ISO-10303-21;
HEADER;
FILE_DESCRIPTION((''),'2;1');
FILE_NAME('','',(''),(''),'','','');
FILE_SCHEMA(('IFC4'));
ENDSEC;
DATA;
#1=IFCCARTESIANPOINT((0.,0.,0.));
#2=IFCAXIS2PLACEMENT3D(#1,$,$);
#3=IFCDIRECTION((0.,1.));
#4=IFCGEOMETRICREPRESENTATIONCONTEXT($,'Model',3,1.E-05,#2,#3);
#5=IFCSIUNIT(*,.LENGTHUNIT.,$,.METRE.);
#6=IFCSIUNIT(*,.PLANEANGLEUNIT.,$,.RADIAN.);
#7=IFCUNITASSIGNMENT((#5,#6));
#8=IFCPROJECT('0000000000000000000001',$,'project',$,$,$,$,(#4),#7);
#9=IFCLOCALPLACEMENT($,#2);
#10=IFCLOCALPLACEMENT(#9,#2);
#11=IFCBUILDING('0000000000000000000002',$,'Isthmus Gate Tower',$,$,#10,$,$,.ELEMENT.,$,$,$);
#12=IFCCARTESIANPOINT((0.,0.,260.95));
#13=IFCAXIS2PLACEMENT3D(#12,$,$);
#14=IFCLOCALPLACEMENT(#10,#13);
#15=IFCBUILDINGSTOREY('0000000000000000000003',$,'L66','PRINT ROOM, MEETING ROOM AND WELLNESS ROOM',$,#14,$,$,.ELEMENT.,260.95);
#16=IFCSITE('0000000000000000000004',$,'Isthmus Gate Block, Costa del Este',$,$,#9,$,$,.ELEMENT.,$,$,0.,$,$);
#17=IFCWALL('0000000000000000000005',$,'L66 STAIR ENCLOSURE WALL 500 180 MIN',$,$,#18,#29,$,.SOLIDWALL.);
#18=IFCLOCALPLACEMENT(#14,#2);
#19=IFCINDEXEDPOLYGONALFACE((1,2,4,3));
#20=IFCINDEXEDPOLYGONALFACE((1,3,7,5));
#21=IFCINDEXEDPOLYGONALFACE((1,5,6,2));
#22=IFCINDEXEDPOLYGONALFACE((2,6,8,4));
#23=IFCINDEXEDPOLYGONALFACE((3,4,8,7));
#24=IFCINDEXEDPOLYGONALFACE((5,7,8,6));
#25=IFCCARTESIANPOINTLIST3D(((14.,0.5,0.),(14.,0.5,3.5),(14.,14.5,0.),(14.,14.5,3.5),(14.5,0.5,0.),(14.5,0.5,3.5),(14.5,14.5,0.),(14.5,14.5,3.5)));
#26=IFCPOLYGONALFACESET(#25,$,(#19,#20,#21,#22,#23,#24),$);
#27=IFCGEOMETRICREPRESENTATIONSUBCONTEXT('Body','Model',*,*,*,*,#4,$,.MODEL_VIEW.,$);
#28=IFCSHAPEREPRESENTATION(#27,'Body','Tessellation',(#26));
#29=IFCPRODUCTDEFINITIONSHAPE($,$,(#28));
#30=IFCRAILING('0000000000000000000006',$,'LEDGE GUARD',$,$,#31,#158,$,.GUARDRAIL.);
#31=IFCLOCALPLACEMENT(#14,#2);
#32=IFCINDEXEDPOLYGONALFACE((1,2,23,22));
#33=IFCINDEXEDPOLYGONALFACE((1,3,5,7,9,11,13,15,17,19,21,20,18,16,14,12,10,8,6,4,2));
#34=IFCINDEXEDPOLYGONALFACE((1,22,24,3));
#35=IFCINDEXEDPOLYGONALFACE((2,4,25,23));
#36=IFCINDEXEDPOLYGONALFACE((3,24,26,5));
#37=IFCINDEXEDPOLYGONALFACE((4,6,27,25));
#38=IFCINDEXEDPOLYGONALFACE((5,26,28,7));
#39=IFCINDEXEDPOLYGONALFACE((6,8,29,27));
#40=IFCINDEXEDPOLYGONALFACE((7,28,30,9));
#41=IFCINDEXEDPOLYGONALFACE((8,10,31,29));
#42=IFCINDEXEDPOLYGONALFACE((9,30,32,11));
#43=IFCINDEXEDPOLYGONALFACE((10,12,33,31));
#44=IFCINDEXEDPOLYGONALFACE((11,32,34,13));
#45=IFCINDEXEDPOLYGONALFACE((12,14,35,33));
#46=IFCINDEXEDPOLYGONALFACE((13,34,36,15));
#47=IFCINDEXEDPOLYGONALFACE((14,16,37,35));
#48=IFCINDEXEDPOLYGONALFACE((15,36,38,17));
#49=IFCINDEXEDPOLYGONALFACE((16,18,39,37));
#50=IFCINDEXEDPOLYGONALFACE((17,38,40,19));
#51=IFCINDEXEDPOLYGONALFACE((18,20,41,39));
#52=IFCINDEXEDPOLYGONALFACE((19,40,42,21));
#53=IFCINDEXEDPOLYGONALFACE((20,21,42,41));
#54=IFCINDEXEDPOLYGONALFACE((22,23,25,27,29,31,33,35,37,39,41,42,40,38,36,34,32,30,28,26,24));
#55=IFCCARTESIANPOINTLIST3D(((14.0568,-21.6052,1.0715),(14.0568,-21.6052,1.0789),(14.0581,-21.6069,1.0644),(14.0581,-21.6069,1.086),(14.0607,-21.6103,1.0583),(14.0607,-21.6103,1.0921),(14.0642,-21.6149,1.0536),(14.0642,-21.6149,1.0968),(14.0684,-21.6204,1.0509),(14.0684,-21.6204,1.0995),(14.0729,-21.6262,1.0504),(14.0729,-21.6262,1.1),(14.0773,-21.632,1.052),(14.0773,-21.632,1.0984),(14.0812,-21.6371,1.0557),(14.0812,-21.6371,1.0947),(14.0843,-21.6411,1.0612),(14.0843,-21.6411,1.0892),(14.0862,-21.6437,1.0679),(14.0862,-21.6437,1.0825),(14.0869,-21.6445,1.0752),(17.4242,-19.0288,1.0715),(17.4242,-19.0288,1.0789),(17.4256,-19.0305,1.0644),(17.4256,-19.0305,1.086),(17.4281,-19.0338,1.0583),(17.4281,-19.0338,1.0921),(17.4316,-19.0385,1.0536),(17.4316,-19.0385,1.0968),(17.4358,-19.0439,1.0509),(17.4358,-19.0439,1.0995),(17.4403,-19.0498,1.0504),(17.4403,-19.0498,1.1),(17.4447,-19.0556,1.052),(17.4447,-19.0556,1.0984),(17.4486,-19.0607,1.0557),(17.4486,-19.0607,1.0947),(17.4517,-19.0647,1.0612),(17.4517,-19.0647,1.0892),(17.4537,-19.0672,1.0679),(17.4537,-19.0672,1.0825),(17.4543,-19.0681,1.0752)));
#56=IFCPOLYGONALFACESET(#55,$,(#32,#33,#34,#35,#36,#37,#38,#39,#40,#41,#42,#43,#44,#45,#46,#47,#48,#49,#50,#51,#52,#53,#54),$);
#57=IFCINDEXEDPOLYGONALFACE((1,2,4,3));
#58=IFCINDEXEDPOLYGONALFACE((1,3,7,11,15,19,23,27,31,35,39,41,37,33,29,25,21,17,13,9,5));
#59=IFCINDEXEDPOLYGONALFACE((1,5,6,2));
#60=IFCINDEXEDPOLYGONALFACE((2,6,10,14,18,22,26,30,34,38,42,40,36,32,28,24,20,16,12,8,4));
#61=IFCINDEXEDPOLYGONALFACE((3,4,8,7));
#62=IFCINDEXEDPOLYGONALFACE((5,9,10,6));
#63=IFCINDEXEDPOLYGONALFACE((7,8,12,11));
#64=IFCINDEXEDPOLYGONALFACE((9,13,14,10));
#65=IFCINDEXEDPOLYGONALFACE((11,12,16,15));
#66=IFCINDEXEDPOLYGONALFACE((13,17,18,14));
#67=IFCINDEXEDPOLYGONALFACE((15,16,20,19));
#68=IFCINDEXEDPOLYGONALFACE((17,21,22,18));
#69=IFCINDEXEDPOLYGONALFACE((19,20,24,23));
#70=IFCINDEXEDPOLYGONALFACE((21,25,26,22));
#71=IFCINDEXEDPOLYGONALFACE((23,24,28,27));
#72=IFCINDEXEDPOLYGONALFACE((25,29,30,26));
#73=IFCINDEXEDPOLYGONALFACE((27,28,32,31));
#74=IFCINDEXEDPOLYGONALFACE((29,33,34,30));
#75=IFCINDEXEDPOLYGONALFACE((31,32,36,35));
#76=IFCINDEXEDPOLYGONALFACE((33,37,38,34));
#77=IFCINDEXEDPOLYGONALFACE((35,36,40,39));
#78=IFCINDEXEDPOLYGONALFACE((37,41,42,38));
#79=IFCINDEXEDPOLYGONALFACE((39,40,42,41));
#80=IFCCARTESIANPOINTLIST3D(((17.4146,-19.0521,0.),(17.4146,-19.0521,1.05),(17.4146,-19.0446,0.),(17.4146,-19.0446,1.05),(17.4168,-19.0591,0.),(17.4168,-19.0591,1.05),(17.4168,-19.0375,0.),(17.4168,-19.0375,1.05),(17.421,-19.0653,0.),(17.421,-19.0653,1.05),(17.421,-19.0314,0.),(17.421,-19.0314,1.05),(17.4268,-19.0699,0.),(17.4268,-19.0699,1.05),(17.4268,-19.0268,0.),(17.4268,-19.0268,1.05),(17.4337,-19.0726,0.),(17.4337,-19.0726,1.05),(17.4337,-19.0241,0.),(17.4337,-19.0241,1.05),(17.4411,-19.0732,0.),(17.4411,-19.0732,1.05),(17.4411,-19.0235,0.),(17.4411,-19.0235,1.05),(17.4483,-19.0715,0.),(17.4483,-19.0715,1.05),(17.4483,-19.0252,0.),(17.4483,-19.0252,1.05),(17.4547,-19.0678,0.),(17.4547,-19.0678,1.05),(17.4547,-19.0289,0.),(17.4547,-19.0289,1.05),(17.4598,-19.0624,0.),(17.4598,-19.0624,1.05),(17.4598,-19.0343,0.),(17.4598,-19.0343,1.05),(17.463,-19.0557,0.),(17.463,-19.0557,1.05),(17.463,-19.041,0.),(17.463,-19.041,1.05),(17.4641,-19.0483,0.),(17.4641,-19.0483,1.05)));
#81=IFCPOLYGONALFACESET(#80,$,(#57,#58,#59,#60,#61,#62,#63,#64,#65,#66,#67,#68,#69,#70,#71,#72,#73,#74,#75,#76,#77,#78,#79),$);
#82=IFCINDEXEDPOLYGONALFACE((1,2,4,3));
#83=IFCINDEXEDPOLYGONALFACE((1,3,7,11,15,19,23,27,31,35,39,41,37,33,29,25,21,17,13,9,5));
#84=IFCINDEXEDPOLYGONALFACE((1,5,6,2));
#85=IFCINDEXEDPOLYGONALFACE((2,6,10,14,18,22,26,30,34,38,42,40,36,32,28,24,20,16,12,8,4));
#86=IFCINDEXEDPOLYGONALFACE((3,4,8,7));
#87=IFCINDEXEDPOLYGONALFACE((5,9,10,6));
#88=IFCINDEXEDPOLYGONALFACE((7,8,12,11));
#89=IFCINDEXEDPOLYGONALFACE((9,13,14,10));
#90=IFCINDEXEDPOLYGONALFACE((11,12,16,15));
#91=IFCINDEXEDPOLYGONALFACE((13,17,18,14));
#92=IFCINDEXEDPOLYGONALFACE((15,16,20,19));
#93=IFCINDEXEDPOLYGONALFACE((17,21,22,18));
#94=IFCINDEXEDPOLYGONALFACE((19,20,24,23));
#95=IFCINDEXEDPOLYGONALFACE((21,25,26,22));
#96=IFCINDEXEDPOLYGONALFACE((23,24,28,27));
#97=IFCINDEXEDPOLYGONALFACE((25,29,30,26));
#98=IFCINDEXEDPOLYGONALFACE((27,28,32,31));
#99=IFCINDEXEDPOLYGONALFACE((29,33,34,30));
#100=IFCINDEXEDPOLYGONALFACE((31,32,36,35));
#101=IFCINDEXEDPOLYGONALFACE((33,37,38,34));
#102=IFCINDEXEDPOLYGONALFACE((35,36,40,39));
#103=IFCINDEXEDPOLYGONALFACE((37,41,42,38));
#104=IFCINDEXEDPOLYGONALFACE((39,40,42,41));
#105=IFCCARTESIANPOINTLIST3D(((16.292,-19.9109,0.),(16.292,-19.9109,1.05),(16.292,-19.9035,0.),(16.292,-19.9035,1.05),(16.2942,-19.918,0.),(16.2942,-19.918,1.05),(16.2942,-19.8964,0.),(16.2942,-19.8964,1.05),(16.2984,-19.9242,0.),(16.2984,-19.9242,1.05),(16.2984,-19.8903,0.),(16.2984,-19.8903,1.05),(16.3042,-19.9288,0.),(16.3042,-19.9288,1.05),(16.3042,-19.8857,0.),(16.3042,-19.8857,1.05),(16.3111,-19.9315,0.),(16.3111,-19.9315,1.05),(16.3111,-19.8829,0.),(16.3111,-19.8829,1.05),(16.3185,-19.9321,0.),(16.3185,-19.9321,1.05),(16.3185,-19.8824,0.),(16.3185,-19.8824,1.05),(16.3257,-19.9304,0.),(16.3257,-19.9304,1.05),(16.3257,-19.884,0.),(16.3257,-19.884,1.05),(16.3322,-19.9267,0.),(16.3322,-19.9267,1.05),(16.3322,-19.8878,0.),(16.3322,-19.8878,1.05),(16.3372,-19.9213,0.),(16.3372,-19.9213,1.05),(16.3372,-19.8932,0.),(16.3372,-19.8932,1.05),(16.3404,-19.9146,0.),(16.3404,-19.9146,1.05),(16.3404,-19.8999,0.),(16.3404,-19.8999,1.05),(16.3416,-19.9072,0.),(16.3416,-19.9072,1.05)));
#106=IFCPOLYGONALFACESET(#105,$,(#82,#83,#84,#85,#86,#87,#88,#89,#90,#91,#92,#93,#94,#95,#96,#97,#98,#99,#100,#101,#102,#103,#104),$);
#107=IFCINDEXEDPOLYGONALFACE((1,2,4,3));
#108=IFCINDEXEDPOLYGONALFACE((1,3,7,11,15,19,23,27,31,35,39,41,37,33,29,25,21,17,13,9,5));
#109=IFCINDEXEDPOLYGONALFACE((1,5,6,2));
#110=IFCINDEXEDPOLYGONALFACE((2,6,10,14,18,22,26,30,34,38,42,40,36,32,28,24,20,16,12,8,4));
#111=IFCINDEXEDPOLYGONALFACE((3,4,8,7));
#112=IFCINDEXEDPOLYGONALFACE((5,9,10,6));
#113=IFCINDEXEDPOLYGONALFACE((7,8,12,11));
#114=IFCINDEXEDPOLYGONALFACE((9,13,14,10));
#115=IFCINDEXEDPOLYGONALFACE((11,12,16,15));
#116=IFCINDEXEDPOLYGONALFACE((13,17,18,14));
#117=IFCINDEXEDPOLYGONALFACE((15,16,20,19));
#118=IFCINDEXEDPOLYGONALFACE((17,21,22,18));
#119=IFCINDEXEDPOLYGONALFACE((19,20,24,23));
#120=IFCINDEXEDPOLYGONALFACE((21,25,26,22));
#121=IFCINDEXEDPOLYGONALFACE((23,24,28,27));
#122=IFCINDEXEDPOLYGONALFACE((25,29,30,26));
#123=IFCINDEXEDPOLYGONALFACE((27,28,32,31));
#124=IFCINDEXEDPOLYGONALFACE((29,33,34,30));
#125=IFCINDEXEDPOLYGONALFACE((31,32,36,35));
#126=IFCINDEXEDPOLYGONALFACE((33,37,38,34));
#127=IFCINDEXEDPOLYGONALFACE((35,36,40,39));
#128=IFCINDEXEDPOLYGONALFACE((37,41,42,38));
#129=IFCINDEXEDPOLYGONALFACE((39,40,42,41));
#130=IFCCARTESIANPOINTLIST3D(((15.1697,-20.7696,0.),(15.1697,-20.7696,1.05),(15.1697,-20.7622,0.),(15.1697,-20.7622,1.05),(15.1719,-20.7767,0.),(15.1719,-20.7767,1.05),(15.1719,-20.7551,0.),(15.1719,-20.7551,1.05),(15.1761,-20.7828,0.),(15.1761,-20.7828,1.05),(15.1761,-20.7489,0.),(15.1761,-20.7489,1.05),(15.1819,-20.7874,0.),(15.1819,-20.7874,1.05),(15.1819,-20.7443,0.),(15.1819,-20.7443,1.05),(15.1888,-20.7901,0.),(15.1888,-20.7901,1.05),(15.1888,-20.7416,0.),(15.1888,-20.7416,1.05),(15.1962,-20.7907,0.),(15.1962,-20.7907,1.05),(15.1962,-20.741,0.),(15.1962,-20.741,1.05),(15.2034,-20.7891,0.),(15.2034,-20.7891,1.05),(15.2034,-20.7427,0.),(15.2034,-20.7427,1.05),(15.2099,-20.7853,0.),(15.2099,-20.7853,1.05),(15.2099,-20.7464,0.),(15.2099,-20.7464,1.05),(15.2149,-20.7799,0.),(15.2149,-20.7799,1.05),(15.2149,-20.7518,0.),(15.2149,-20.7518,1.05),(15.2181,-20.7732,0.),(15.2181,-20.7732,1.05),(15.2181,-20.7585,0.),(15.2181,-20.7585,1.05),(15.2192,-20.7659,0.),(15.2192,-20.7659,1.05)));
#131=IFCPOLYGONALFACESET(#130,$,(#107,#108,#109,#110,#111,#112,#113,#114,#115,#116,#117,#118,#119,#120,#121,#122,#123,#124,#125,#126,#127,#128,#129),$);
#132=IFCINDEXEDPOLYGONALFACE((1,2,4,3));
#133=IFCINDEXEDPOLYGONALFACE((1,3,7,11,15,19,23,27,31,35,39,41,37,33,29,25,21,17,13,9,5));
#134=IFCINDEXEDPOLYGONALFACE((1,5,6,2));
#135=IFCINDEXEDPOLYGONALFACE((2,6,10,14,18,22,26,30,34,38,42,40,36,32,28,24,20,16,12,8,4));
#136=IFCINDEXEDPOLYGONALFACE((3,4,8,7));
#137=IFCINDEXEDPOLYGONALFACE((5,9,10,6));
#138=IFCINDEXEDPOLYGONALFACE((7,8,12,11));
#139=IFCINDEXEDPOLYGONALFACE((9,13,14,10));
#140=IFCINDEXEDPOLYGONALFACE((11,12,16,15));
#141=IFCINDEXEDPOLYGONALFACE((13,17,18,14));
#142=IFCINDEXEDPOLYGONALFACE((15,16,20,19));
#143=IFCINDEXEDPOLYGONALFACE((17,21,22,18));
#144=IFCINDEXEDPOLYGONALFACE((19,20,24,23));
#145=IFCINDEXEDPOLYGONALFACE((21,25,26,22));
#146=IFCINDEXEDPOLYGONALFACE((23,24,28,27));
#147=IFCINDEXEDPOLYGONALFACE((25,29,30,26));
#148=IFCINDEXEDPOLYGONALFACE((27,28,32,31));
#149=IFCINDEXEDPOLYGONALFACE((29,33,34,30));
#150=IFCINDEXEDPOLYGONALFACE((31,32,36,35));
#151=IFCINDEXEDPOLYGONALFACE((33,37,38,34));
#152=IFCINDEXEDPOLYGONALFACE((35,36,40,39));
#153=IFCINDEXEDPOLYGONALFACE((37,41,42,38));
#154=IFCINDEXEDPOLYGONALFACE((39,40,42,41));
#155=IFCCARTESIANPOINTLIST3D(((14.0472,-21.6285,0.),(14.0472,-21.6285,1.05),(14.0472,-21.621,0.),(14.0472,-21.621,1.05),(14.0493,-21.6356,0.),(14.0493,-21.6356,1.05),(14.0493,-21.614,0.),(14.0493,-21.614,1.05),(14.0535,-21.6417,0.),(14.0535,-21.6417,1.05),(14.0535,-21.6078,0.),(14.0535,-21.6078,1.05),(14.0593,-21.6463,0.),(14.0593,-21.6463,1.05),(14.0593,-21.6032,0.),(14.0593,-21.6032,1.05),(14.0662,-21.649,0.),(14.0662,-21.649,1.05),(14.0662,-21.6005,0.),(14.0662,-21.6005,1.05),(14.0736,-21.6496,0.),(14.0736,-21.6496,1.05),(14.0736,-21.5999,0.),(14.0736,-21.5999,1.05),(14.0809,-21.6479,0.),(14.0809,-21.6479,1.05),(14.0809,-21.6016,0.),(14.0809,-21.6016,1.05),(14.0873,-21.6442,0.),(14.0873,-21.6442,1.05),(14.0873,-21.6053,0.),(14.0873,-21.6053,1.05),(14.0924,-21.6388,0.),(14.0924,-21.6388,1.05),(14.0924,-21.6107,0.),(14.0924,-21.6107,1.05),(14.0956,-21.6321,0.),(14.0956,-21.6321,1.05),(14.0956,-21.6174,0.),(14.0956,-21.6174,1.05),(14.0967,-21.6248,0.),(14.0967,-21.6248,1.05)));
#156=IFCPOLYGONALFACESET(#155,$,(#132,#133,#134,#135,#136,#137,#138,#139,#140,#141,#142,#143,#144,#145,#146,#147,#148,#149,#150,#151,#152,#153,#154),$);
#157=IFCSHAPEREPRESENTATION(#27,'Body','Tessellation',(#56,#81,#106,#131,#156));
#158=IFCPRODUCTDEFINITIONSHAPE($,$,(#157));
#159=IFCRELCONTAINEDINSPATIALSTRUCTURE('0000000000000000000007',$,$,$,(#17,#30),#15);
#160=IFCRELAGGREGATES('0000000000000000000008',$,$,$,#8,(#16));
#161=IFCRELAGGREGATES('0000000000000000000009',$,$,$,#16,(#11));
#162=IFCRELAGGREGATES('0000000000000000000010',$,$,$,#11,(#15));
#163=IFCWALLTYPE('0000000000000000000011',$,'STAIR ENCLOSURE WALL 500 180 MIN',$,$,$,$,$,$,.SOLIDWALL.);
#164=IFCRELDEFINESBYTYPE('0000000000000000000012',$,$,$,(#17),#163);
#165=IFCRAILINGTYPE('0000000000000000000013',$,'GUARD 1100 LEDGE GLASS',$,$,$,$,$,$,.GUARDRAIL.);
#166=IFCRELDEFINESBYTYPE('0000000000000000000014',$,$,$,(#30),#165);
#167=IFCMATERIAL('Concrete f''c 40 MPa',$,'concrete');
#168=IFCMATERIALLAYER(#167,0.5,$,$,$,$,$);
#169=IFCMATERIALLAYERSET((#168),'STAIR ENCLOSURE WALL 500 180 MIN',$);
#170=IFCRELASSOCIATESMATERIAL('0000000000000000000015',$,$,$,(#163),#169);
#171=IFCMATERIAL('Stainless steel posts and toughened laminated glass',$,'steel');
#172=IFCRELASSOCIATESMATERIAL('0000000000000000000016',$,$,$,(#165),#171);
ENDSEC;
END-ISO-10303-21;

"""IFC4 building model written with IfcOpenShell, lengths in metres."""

from ifc_helpers import new_model, si_unit, direction, frame, frame_2d, origin, origin_2d, place, context, subcontext, project, spatial, rectangle, circle, extrude, material, layer, layer_set, type_object, element, save


model = new_model("IFC4")

# Units and contexts
model_context = context("Model", 3, precision=1e-05, world=origin(), true_north=direction((0.0, 1.0)))
body_context = subcontext(model_context, "Body", "Model", "MODEL_VIEW")
ifc_project = project(units=[si_unit("LENGTHUNIT", "METRE"), si_unit("PLANEANGLEUNIT", "RADIAN")], contexts=[model_context])

# Site, building, storey
site_placement = place(None, origin())
site = spatial("IfcSite", under=ifc_project, at=site_placement, Name="Isthmus Gate Block, Costa del Este", CompositionType="ELEMENT", RefElevation=0.0)
building_placement = place(site_placement, origin())
building = spatial("IfcBuilding", under=site, at=building_placement, Name="Isthmus Gate Tower", CompositionType="ELEMENT")
storey_placement = place(building_placement, frame((0.0, 0.0, 260.95)))
storey = spatial("IfcBuildingStorey", under=building, at=storey_placement, Name="L66", Description="PRINT ROOM, MEETING ROOM AND WELLNESS ROOM", CompositionType="ELEMENT", Elevation=260.95)

# Wall
ifc_material_1 = material(Name="Concrete f'c 40 MPa", Category="concrete")
ifc_layer_1 = layer(ifc_material_1, 0.5)
ifc_layer_set_1 = layer_set([ifc_layer_1], Name="STAIR ENCLOSURE WALL 500 180 MIN")
wall_type_1 = type_object("IfcWallType", Name="STAIR ENCLOSURE WALL 500 180 MIN", PredefinedType="SOLIDWALL", material=ifc_layer_set_1)
wall_1_placement = place(storey_placement, frame((14.25, 0.5, 0.0), z_axis=(0.0, 0.0, 1.0), x_axis=(0.0, 1.0, 0.0)))
element("IfcWall", 1, at=wall_1_placement, inside=storey, type_object=wall_type_1, Name="L66 STAIR ENCLOSURE WALL 500 180 MIN", PredefinedType="SOLIDWALL", context=body_context, shape_type="SweptSolid", body=[
    extrude(rectangle(XDim=14.0, YDim=0.5, at=frame_2d((7.0, 0.0))), origin(), (0.0, 0.0, 1.0), 3.5),
])

# Railing
ifc_material_2 = material(Name="Stainless steel posts and toughened laminated glass", Category="steel")
railing_type_1 = type_object("IfcRailingType", Name="GUARD 1100 LEDGE GLASS", PredefinedType="GUARDRAIL", material=ifc_material_2)
railing_1_placement = place(storey_placement, frame((17.4392, -19.0483, 0.0)))
element("IfcRailing", 2, at=railing_1_placement, inside=storey, type_object=railing_type_1, Name="LEDGE GUARD", PredefinedType="GUARDRAIL", context=body_context, shape_type="SweptSolid", body=[
    extrude(circle(Radius=0.0249, at=origin_2d()), frame((0.0, 0.0, 1.0752), z_axis=(-0.794207, -0.607647, 0.0), x_axis=(0.607647, -0.794207, 0.0)), (0.0, 0.0, 1.0), 4.24),
    extrude(circle(Radius=0.0249, at=origin_2d()), origin(), (0.0, 0.0, 1.0), 1.05),
    extrude(circle(Radius=0.0249, at=origin_2d()), frame((-1.1226, -0.8589, 0.0)), (0.0, 0.0, 1.0), 1.05),
    extrude(circle(Radius=0.0249, at=origin_2d()), frame((-2.2449, -1.7175, 0.0)), (0.0, 0.0, 1.0), 1.05),
    extrude(circle(Radius=0.0249, at=origin_2d()), frame((-3.3674, -2.5764, 0.0)), (0.0, 0.0, 1.0), 1.05),
])

save(model, "model.ifc")
